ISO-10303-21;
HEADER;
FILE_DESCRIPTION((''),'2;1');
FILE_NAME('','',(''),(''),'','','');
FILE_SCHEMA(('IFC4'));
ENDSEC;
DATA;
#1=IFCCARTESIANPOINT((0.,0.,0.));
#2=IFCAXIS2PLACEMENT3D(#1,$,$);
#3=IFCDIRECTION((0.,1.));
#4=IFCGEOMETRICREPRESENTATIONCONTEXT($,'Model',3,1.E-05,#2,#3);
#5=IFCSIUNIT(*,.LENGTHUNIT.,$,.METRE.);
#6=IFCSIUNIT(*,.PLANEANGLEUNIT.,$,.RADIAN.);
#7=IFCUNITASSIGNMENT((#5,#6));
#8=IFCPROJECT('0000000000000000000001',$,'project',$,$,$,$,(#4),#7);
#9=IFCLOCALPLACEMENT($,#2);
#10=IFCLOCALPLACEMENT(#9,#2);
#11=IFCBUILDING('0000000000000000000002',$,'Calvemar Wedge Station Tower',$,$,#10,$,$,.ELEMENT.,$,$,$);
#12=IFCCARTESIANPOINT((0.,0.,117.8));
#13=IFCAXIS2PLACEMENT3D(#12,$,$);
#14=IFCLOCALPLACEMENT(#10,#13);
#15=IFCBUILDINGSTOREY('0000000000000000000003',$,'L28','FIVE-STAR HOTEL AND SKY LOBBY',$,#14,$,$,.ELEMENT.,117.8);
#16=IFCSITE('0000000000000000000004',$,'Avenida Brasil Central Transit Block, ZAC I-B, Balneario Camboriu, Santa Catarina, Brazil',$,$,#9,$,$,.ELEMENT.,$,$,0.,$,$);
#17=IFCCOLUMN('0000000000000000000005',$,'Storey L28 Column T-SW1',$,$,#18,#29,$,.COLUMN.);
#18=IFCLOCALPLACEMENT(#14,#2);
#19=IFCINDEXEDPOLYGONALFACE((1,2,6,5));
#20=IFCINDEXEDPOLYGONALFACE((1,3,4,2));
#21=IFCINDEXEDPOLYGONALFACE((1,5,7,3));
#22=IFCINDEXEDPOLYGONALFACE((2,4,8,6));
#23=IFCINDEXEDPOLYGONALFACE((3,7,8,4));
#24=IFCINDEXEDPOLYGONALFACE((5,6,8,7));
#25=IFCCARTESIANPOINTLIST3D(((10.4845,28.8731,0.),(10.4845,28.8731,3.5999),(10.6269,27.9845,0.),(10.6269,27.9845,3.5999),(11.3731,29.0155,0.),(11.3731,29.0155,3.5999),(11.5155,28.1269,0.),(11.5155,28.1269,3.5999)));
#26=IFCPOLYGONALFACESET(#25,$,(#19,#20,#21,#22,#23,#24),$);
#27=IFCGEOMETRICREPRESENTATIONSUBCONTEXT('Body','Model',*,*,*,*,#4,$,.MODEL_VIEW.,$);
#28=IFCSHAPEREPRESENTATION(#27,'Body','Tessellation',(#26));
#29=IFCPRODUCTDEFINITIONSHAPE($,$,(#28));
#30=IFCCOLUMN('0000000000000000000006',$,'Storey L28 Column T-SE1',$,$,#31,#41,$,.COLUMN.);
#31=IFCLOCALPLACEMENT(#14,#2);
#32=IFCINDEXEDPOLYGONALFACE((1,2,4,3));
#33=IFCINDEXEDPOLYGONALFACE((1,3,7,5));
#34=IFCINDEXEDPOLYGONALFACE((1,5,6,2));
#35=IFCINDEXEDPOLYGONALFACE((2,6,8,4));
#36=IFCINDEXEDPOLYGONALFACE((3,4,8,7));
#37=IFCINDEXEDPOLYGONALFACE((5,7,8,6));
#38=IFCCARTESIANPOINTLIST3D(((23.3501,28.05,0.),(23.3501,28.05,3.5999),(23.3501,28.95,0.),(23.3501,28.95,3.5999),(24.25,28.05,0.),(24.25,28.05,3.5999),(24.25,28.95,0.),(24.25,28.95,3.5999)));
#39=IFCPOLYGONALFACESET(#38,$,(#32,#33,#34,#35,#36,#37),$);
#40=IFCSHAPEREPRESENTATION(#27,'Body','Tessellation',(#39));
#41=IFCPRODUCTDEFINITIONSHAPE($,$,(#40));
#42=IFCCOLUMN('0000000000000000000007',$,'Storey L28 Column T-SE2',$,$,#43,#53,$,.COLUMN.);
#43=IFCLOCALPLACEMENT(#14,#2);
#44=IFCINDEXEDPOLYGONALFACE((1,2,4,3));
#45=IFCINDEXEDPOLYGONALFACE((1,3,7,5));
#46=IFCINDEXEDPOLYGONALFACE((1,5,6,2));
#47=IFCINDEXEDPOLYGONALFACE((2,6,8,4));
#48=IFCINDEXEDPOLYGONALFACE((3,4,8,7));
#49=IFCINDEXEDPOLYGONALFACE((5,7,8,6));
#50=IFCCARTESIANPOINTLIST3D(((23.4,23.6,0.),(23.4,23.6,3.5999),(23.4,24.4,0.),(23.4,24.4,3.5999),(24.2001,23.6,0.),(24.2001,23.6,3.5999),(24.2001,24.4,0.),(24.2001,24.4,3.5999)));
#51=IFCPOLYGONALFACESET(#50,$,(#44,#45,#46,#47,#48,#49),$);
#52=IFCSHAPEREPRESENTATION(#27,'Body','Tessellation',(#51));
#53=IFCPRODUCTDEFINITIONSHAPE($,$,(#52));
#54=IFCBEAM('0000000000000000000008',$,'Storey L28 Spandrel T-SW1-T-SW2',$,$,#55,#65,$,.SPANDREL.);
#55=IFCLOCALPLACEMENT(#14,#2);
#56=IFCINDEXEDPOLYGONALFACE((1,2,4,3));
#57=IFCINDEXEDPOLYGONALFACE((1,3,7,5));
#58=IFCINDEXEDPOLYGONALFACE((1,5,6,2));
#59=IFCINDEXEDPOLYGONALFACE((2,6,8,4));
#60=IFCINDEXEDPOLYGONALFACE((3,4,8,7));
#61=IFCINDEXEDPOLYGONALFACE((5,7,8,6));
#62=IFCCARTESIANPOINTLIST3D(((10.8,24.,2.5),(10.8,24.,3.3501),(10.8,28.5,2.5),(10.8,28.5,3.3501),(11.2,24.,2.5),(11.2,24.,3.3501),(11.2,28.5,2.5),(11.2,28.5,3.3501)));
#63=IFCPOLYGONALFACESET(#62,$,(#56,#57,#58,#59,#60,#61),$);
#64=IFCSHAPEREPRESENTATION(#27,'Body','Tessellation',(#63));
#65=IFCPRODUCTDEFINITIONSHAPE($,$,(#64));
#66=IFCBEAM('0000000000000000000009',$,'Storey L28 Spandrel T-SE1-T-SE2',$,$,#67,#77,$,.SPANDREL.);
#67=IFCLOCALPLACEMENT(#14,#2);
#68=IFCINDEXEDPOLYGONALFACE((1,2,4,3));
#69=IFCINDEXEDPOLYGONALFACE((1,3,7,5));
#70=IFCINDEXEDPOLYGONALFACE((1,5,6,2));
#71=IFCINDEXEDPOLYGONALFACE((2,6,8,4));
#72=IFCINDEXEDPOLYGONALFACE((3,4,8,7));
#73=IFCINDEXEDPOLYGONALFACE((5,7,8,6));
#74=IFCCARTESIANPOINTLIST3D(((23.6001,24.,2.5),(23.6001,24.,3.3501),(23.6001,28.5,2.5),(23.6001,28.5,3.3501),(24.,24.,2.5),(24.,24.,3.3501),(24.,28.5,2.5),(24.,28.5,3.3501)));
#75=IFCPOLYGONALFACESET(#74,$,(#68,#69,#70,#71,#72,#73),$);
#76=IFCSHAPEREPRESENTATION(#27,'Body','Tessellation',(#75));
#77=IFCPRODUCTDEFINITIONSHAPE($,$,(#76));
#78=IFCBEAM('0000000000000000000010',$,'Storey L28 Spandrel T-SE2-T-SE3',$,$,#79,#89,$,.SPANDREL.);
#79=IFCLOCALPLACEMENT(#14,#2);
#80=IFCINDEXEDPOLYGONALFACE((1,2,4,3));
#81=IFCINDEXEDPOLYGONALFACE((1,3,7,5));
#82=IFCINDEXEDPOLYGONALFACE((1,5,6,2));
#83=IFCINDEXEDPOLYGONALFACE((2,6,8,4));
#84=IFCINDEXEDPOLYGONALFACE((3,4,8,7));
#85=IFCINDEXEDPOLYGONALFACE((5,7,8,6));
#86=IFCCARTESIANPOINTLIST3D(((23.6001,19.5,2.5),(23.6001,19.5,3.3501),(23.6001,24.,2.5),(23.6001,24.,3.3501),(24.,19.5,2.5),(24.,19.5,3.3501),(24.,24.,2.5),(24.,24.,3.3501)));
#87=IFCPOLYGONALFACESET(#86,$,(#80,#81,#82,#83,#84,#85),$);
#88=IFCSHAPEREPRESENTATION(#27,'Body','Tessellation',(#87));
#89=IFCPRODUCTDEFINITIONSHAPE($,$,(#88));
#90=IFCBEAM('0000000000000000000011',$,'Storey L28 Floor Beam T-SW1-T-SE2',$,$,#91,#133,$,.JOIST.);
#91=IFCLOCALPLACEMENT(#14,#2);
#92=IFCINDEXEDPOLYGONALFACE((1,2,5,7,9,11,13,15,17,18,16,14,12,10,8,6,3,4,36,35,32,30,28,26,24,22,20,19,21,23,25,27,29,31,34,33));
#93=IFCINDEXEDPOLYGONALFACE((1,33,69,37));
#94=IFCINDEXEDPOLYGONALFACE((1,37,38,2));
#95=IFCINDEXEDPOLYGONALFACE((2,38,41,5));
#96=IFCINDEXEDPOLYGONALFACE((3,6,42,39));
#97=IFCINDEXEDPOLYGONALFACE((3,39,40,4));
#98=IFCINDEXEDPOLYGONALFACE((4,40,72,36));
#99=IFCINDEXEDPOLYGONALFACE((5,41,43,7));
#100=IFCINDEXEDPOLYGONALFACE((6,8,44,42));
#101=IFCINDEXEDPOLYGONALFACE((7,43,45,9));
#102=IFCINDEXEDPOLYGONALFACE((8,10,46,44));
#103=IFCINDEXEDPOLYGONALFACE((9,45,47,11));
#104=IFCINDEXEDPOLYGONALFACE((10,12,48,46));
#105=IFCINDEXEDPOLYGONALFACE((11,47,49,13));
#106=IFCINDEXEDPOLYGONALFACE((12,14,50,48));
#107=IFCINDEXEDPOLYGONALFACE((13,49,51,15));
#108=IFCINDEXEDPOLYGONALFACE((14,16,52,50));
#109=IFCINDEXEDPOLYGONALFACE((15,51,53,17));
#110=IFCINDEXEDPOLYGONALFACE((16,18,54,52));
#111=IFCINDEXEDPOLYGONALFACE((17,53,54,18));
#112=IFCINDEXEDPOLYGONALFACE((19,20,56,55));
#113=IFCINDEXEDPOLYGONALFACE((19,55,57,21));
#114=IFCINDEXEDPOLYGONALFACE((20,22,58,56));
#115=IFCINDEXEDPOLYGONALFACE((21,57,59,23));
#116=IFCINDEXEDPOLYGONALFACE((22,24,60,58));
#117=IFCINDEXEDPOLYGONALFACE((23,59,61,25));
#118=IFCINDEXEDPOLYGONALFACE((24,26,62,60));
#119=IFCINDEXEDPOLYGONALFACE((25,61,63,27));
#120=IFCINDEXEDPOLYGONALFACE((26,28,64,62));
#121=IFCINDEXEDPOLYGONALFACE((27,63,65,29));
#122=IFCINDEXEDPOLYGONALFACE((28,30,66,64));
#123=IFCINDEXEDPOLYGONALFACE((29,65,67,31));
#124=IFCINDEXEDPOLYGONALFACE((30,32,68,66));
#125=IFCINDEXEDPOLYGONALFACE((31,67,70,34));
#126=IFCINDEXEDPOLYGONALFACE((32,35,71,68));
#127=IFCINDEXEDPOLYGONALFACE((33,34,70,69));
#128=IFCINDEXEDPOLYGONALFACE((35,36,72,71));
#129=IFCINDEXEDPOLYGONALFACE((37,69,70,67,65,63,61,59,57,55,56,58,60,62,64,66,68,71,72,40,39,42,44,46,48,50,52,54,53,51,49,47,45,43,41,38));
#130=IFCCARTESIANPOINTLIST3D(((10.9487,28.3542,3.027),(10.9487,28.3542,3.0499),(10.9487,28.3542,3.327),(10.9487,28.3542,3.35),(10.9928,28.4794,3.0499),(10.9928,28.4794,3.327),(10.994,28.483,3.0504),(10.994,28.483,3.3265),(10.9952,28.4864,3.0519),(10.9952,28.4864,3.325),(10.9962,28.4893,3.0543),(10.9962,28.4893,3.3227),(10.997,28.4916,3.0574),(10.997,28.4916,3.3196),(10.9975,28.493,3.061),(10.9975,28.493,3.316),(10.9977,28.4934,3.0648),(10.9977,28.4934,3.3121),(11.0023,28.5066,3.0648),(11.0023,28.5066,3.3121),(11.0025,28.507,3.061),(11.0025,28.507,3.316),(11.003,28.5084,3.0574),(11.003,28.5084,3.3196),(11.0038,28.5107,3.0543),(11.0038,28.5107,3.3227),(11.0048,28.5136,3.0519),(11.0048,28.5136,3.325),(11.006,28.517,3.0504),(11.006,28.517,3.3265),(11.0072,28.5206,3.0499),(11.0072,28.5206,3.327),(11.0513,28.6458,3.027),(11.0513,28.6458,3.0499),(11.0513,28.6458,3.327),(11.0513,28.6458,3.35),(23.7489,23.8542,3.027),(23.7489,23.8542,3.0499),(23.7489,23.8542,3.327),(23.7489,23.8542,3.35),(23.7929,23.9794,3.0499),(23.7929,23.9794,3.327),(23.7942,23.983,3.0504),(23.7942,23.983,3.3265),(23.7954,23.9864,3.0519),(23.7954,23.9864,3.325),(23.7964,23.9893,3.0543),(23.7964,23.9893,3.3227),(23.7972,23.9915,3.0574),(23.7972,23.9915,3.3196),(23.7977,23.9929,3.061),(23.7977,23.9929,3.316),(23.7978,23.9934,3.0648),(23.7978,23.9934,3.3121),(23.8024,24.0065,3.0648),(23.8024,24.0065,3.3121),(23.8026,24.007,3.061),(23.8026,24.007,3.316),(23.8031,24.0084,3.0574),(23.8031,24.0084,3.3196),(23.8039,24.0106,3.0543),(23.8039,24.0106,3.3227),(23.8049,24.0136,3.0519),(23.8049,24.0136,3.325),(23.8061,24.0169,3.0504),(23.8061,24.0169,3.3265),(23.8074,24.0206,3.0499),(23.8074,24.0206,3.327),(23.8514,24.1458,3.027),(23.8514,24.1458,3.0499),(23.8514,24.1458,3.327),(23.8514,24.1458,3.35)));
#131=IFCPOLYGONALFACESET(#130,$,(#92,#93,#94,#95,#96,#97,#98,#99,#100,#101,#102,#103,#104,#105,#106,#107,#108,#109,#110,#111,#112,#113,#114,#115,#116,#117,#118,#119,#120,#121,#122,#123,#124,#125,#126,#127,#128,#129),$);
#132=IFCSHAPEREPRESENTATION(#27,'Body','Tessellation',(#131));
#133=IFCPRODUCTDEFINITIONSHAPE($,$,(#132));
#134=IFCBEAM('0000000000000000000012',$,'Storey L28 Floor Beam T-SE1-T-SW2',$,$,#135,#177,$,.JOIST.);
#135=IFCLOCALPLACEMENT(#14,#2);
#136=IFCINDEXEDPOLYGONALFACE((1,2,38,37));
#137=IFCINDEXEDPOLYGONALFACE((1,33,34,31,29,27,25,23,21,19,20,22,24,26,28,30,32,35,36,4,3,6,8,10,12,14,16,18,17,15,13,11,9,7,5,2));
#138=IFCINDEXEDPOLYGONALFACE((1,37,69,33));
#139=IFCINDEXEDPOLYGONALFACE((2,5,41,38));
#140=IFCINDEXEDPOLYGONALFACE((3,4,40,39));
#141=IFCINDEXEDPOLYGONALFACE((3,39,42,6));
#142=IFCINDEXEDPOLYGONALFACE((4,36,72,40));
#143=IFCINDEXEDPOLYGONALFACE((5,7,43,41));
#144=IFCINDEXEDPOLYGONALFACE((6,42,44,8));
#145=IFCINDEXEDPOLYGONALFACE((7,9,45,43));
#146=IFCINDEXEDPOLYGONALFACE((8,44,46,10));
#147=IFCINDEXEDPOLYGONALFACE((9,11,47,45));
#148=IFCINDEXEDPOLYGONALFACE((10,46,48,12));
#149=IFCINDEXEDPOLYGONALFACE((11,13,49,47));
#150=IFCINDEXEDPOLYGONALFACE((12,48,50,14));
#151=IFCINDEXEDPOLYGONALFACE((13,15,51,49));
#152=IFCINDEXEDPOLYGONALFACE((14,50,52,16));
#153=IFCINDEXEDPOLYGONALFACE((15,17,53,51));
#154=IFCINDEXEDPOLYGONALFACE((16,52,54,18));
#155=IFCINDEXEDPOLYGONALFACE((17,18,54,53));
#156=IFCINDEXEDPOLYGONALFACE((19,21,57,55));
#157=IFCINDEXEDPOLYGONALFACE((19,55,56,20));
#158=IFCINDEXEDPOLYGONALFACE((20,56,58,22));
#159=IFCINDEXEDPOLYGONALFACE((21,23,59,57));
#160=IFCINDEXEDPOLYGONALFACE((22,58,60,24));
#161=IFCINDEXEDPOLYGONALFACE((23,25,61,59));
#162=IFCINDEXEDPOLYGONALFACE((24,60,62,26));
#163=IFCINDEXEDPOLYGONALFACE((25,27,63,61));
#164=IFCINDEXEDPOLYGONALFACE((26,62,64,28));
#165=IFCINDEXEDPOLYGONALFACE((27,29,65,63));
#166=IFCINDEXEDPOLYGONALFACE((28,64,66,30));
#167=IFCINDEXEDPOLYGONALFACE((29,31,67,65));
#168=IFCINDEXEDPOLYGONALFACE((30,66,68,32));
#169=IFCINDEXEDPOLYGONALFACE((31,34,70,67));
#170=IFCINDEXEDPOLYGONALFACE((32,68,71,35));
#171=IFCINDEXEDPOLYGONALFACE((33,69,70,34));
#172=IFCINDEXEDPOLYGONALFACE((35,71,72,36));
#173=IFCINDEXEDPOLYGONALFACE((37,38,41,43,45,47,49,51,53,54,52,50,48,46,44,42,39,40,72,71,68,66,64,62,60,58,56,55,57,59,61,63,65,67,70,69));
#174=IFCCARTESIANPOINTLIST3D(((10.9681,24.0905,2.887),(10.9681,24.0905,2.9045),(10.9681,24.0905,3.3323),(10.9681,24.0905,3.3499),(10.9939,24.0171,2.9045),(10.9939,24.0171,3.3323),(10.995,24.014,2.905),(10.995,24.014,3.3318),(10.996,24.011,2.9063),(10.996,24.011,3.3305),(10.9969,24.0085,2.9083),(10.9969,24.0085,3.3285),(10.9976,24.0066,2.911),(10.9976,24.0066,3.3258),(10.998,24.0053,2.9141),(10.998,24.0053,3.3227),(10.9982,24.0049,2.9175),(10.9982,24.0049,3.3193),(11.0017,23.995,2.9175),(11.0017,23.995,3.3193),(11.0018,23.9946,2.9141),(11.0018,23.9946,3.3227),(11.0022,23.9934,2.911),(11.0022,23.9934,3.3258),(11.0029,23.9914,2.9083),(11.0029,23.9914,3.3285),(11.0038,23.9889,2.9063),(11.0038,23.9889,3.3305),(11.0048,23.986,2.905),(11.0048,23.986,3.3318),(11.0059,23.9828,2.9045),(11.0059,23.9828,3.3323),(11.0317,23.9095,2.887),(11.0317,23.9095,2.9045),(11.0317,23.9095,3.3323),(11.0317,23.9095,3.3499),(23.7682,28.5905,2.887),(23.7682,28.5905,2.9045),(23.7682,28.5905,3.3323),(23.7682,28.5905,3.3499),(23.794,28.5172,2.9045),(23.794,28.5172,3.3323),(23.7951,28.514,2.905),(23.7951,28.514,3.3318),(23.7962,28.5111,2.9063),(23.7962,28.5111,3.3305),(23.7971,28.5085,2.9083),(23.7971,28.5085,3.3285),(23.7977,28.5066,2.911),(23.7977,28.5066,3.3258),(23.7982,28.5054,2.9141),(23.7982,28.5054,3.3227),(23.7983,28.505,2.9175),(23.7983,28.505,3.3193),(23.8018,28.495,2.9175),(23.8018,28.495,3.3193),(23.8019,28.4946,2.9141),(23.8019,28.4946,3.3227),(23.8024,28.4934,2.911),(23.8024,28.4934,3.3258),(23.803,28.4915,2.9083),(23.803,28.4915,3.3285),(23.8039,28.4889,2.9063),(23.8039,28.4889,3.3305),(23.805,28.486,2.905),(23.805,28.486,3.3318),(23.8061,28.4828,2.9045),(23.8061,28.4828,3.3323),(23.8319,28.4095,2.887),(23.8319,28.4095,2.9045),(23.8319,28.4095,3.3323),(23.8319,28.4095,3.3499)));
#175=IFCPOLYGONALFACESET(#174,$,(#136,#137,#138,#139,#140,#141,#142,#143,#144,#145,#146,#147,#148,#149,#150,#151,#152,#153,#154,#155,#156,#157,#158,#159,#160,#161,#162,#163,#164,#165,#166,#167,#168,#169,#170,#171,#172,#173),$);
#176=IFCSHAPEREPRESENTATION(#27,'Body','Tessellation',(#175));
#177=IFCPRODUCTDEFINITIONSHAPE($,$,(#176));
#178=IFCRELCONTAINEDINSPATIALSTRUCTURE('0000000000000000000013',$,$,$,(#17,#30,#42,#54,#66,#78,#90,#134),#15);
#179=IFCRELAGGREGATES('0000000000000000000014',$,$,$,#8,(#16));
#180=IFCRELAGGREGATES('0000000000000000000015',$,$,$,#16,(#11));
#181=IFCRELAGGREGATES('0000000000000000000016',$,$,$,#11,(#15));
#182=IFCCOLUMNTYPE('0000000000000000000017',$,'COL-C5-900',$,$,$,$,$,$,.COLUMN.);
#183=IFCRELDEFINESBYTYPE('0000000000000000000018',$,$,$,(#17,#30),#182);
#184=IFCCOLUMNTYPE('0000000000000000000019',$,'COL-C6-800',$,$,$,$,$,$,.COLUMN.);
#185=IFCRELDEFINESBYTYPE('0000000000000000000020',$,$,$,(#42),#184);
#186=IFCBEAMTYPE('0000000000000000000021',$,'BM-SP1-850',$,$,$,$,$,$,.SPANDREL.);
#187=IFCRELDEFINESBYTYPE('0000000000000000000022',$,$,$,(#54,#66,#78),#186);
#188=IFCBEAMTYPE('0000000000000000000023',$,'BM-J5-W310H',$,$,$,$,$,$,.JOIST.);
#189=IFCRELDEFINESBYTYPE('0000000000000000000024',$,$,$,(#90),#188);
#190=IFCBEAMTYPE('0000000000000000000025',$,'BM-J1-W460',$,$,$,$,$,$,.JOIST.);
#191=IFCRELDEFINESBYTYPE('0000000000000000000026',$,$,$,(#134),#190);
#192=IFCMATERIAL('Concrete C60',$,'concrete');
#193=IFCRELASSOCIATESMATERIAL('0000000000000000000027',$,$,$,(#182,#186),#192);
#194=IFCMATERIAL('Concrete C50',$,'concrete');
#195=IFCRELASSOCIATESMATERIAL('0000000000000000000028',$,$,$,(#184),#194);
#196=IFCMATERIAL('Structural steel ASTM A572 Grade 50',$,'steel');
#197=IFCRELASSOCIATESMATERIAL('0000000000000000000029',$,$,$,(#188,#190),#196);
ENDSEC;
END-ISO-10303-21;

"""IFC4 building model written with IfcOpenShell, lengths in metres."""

from ifc_helpers import new_model, si_unit, direction, frame, origin, origin_2d, place, context, subcontext, project, spatial, rectangle, i_section, extrude, source, transform, mapped, material, material_profile, profile_set, type_object, element, save


model = new_model("IFC4")

# Units and contexts
model_context = context("Model", 3, precision=1e-05, world=origin(), true_north=direction((0.0, 1.0)))
body_context = subcontext(model_context, "Body", "Model", "MODEL_VIEW")
ifc_project = project(units=[si_unit("LENGTHUNIT", "METRE"), si_unit("PLANEANGLEUNIT", "RADIAN")], contexts=[model_context])

# Site, building, storey
site_placement = place(None, origin())
site = spatial("IfcSite", under=ifc_project, at=site_placement, Name="Avenida Brasil Central Transit Block, ZAC I-B, Balneario Camboriu, Santa Catarina, Brazil", CompositionType="ELEMENT", RefElevation=0.0)
building_placement = place(site_placement, origin())
building = spatial("IfcBuilding", under=site, at=building_placement, Name="Calvemar Wedge Station Tower", CompositionType="ELEMENT")
storey_placement = place(building_placement, frame((0.0, 0.0, 117.8)))
storey = spatial("IfcBuildingStorey", under=building, at=storey_placement, Name="L28", Description="FIVE-STAR HOTEL AND SKY LOBBY", CompositionType="ELEMENT", Elevation=117.8)

# Columns
ifc_material_1 = material(Name="Concrete C60", Category="concrete")
ifc_material_profile_1 = material_profile(ifc_material_1, rectangle(XDim=0.8999, YDim=0.8999, at=origin_2d()), Name="RC900x900")
ifc_profile_set_1 = profile_set([ifc_material_profile_1], Name="Concrete C60")
column_type_1 = type_object("IfcColumnType", Name="COL-C5-900", PredefinedType="COLUMN", material=ifc_profile_set_1)
shared_shape_1 = source(origin(), body_context, "Body", "SweptSolid", [
    extrude(rectangle(XDim=0.8999, YDim=0.8999, at=origin_2d()), origin(), (0.0, 0.0, 1.0), 3.5999),
])
for number, where, z_axis, x_axis, name in (
    (1, (11.0, 28.5, 0.0), (0.0, 0.0, 1.0), (0.158158, -0.987414, 0.0), "Storey L28 Column T-SW1"),
    (2, (23.8, 28.5, 0.0), (0.0, 0.0, 1.0), (1.0, 0.0, 0.0), "Storey L28 Column T-SE1"),
):
    element("IfcColumn", number, at=place(storey_placement, frame(where, z_axis=z_axis, x_axis=x_axis)), inside=storey, type_object=column_type_1, Name=name, PredefinedType="COLUMN", context=body_context, shape_type="MappedRepresentation", body=[
        mapped(shared_shape_1, transform((0.0, 0.0, 0.0), scale=1.0)),
    ])
ifc_material_2 = material(Name="Concrete C50", Category="concrete")
ifc_material_profile_2 = material_profile(ifc_material_2, rectangle(XDim=0.8, YDim=0.8, at=origin_2d()), Name="RC800x800")
ifc_profile_set_2 = profile_set([ifc_material_profile_2], Name="Concrete C50")
column_type_2 = type_object("IfcColumnType", Name="COL-C6-800", PredefinedType="COLUMN", material=ifc_profile_set_2)
shared_shape_2 = source(origin(), body_context, "Body", "SweptSolid", [
    extrude(rectangle(XDim=0.8, YDim=0.8, at=origin_2d()), origin(), (0.0, 0.0, 1.0), 3.5999),
])
column_placement = place(storey_placement, frame((23.8, 24.0, 0.0), z_axis=(0.0, 0.0, 1.0), x_axis=(1.0, 0.0, 0.0)))
element("IfcColumn", 3, at=column_placement, inside=storey, type_object=column_type_2, Name="Storey L28 Column T-SE2", PredefinedType="COLUMN", context=body_context, shape_type="MappedRepresentation", body=[
    mapped(shared_shape_2, transform((0.0, 0.0, 0.0), scale=1.0)),
])

# Beams
ifc_material_profile_3 = material_profile(ifc_material_1, rectangle(XDim=0.3999, YDim=0.8501, at=origin_2d()), Name="RC400x850")
ifc_profile_set_3 = profile_set([ifc_material_profile_3], Name="Concrete C60")
beam_type_1 = type_object("IfcBeamType", Name="BM-SP1-850", PredefinedType="SPANDREL", material=ifc_profile_set_3)
shared_shape_3 = source(origin(), body_context, "Body", "SweptSolid", [
    extrude(rectangle(XDim=0.3999, YDim=0.8501, at=origin_2d()), origin(), (0.0, 0.0, 1.0), 4.5),
])
for number, where, z_axis, x_axis, name in (
    (4, (11.0, 28.5, 2.925), (0.0, -1.0, 0.0), (1.0, 0.0, 0.0), "Storey L28 Spandrel T-SW1-T-SW2"),
    (5, (23.8, 28.5, 2.925), (0.0, -1.0, 0.0), (1.0, 0.0, 0.0), "Storey L28 Spandrel T-SE1-T-SE2"),
    (6, (23.8, 24.0, 2.925), (0.0, -1.0, 0.0), (1.0, 0.0, 0.0), "Storey L28 Spandrel T-SE2-T-SE3"),
):
    element("IfcBeam", number, at=place(storey_placement, frame(where, z_axis=z_axis, x_axis=x_axis)), inside=storey, type_object=beam_type_1, Name=name, PredefinedType="SPANDREL", context=body_context, shape_type="MappedRepresentation", body=[
        mapped(shared_shape_3, transform((0.0, 0.0, 0.0), scale=1.0)),
    ])
ifc_material_3 = material(Name="Structural steel ASTM A572 Grade 50", Category="steel")
ifc_material_profile_4 = material_profile(ifc_material_3, i_section(OverallWidth=0.3091, OverallDepth=0.323, WebThickness=0.0139, FlangeThickness=0.0229, FilletRadius=0.0149, at=origin_2d()), Name="W310x143")
ifc_profile_set_4 = profile_set([ifc_material_profile_4], Name="Structural steel ASTM A572 Grade 50")
beam_type_2 = type_object("IfcBeamType", Name="BM-J5-W310H", PredefinedType="JOIST", material=ifc_profile_set_4)
shared_shape_4 = source(origin(), body_context, "Body", "SweptSolid", [
    extrude(i_section(OverallWidth=0.3091, OverallDepth=0.323, WebThickness=0.0139, FlangeThickness=0.0229, FilletRadius=0.0149, at=origin_2d()), origin(), (0.0, 0.0, 1.0), 13.5681),
])
beam_1_placement = place(storey_placement, frame((11.0, 28.5, 3.1885), z_axis=(0.943398, -0.331662, 0.0), x_axis=(0.331662, 0.943398, 0.0)))
element("IfcBeam", 7, at=beam_1_placement, inside=storey, type_object=beam_type_2, Name="Storey L28 Floor Beam T-SW1-T-SE2", PredefinedType="JOIST", context=body_context, shape_type="MappedRepresentation", body=[
    mapped(shared_shape_4, transform((0.0, 0.0, 0.0), scale=1.0)),
])
ifc_material_profile_5 = material_profile(ifc_material_3, i_section(OverallWidth=0.1919, OverallDepth=0.4629, WebThickness=0.0105, FlangeThickness=0.0176, FilletRadius=0.0129, at=origin_2d()), Name="W460x89")
ifc_profile_set_5 = profile_set([ifc_material_profile_5], Name="Structural steel ASTM A572 Grade 50")
beam_type_3 = type_object("IfcBeamType", Name="BM-J1-W460", PredefinedType="JOIST", material=ifc_profile_set_5)
shared_shape_5 = source(origin(), body_context, "Body", "SweptSolid", [
    extrude(i_section(OverallWidth=0.1919, OverallDepth=0.4629, WebThickness=0.0105, FlangeThickness=0.0176, FilletRadius=0.0129, at=origin_2d()), origin(), (0.0, 0.0, 1.0), 13.5681),
])
for number, where, z_axis, x_axis, name in (
    (8, (23.8, 28.5, 3.1184), (-0.943398, -0.331662, 0.0), (0.331662, -0.943398, 0.0), "Storey L28 Floor Beam T-SE1-T-SW2"),
):
    element("IfcBeam", number, at=place(storey_placement, frame(where, z_axis=z_axis, x_axis=x_axis)), inside=storey, type_object=beam_type_3, Name=name, PredefinedType="JOIST", context=body_context, shape_type="MappedRepresentation", body=[
        mapped(shared_shape_5, transform((0.0, 0.0, 0.0), scale=1.0)),
    ])

save(model, "model.ifc")
